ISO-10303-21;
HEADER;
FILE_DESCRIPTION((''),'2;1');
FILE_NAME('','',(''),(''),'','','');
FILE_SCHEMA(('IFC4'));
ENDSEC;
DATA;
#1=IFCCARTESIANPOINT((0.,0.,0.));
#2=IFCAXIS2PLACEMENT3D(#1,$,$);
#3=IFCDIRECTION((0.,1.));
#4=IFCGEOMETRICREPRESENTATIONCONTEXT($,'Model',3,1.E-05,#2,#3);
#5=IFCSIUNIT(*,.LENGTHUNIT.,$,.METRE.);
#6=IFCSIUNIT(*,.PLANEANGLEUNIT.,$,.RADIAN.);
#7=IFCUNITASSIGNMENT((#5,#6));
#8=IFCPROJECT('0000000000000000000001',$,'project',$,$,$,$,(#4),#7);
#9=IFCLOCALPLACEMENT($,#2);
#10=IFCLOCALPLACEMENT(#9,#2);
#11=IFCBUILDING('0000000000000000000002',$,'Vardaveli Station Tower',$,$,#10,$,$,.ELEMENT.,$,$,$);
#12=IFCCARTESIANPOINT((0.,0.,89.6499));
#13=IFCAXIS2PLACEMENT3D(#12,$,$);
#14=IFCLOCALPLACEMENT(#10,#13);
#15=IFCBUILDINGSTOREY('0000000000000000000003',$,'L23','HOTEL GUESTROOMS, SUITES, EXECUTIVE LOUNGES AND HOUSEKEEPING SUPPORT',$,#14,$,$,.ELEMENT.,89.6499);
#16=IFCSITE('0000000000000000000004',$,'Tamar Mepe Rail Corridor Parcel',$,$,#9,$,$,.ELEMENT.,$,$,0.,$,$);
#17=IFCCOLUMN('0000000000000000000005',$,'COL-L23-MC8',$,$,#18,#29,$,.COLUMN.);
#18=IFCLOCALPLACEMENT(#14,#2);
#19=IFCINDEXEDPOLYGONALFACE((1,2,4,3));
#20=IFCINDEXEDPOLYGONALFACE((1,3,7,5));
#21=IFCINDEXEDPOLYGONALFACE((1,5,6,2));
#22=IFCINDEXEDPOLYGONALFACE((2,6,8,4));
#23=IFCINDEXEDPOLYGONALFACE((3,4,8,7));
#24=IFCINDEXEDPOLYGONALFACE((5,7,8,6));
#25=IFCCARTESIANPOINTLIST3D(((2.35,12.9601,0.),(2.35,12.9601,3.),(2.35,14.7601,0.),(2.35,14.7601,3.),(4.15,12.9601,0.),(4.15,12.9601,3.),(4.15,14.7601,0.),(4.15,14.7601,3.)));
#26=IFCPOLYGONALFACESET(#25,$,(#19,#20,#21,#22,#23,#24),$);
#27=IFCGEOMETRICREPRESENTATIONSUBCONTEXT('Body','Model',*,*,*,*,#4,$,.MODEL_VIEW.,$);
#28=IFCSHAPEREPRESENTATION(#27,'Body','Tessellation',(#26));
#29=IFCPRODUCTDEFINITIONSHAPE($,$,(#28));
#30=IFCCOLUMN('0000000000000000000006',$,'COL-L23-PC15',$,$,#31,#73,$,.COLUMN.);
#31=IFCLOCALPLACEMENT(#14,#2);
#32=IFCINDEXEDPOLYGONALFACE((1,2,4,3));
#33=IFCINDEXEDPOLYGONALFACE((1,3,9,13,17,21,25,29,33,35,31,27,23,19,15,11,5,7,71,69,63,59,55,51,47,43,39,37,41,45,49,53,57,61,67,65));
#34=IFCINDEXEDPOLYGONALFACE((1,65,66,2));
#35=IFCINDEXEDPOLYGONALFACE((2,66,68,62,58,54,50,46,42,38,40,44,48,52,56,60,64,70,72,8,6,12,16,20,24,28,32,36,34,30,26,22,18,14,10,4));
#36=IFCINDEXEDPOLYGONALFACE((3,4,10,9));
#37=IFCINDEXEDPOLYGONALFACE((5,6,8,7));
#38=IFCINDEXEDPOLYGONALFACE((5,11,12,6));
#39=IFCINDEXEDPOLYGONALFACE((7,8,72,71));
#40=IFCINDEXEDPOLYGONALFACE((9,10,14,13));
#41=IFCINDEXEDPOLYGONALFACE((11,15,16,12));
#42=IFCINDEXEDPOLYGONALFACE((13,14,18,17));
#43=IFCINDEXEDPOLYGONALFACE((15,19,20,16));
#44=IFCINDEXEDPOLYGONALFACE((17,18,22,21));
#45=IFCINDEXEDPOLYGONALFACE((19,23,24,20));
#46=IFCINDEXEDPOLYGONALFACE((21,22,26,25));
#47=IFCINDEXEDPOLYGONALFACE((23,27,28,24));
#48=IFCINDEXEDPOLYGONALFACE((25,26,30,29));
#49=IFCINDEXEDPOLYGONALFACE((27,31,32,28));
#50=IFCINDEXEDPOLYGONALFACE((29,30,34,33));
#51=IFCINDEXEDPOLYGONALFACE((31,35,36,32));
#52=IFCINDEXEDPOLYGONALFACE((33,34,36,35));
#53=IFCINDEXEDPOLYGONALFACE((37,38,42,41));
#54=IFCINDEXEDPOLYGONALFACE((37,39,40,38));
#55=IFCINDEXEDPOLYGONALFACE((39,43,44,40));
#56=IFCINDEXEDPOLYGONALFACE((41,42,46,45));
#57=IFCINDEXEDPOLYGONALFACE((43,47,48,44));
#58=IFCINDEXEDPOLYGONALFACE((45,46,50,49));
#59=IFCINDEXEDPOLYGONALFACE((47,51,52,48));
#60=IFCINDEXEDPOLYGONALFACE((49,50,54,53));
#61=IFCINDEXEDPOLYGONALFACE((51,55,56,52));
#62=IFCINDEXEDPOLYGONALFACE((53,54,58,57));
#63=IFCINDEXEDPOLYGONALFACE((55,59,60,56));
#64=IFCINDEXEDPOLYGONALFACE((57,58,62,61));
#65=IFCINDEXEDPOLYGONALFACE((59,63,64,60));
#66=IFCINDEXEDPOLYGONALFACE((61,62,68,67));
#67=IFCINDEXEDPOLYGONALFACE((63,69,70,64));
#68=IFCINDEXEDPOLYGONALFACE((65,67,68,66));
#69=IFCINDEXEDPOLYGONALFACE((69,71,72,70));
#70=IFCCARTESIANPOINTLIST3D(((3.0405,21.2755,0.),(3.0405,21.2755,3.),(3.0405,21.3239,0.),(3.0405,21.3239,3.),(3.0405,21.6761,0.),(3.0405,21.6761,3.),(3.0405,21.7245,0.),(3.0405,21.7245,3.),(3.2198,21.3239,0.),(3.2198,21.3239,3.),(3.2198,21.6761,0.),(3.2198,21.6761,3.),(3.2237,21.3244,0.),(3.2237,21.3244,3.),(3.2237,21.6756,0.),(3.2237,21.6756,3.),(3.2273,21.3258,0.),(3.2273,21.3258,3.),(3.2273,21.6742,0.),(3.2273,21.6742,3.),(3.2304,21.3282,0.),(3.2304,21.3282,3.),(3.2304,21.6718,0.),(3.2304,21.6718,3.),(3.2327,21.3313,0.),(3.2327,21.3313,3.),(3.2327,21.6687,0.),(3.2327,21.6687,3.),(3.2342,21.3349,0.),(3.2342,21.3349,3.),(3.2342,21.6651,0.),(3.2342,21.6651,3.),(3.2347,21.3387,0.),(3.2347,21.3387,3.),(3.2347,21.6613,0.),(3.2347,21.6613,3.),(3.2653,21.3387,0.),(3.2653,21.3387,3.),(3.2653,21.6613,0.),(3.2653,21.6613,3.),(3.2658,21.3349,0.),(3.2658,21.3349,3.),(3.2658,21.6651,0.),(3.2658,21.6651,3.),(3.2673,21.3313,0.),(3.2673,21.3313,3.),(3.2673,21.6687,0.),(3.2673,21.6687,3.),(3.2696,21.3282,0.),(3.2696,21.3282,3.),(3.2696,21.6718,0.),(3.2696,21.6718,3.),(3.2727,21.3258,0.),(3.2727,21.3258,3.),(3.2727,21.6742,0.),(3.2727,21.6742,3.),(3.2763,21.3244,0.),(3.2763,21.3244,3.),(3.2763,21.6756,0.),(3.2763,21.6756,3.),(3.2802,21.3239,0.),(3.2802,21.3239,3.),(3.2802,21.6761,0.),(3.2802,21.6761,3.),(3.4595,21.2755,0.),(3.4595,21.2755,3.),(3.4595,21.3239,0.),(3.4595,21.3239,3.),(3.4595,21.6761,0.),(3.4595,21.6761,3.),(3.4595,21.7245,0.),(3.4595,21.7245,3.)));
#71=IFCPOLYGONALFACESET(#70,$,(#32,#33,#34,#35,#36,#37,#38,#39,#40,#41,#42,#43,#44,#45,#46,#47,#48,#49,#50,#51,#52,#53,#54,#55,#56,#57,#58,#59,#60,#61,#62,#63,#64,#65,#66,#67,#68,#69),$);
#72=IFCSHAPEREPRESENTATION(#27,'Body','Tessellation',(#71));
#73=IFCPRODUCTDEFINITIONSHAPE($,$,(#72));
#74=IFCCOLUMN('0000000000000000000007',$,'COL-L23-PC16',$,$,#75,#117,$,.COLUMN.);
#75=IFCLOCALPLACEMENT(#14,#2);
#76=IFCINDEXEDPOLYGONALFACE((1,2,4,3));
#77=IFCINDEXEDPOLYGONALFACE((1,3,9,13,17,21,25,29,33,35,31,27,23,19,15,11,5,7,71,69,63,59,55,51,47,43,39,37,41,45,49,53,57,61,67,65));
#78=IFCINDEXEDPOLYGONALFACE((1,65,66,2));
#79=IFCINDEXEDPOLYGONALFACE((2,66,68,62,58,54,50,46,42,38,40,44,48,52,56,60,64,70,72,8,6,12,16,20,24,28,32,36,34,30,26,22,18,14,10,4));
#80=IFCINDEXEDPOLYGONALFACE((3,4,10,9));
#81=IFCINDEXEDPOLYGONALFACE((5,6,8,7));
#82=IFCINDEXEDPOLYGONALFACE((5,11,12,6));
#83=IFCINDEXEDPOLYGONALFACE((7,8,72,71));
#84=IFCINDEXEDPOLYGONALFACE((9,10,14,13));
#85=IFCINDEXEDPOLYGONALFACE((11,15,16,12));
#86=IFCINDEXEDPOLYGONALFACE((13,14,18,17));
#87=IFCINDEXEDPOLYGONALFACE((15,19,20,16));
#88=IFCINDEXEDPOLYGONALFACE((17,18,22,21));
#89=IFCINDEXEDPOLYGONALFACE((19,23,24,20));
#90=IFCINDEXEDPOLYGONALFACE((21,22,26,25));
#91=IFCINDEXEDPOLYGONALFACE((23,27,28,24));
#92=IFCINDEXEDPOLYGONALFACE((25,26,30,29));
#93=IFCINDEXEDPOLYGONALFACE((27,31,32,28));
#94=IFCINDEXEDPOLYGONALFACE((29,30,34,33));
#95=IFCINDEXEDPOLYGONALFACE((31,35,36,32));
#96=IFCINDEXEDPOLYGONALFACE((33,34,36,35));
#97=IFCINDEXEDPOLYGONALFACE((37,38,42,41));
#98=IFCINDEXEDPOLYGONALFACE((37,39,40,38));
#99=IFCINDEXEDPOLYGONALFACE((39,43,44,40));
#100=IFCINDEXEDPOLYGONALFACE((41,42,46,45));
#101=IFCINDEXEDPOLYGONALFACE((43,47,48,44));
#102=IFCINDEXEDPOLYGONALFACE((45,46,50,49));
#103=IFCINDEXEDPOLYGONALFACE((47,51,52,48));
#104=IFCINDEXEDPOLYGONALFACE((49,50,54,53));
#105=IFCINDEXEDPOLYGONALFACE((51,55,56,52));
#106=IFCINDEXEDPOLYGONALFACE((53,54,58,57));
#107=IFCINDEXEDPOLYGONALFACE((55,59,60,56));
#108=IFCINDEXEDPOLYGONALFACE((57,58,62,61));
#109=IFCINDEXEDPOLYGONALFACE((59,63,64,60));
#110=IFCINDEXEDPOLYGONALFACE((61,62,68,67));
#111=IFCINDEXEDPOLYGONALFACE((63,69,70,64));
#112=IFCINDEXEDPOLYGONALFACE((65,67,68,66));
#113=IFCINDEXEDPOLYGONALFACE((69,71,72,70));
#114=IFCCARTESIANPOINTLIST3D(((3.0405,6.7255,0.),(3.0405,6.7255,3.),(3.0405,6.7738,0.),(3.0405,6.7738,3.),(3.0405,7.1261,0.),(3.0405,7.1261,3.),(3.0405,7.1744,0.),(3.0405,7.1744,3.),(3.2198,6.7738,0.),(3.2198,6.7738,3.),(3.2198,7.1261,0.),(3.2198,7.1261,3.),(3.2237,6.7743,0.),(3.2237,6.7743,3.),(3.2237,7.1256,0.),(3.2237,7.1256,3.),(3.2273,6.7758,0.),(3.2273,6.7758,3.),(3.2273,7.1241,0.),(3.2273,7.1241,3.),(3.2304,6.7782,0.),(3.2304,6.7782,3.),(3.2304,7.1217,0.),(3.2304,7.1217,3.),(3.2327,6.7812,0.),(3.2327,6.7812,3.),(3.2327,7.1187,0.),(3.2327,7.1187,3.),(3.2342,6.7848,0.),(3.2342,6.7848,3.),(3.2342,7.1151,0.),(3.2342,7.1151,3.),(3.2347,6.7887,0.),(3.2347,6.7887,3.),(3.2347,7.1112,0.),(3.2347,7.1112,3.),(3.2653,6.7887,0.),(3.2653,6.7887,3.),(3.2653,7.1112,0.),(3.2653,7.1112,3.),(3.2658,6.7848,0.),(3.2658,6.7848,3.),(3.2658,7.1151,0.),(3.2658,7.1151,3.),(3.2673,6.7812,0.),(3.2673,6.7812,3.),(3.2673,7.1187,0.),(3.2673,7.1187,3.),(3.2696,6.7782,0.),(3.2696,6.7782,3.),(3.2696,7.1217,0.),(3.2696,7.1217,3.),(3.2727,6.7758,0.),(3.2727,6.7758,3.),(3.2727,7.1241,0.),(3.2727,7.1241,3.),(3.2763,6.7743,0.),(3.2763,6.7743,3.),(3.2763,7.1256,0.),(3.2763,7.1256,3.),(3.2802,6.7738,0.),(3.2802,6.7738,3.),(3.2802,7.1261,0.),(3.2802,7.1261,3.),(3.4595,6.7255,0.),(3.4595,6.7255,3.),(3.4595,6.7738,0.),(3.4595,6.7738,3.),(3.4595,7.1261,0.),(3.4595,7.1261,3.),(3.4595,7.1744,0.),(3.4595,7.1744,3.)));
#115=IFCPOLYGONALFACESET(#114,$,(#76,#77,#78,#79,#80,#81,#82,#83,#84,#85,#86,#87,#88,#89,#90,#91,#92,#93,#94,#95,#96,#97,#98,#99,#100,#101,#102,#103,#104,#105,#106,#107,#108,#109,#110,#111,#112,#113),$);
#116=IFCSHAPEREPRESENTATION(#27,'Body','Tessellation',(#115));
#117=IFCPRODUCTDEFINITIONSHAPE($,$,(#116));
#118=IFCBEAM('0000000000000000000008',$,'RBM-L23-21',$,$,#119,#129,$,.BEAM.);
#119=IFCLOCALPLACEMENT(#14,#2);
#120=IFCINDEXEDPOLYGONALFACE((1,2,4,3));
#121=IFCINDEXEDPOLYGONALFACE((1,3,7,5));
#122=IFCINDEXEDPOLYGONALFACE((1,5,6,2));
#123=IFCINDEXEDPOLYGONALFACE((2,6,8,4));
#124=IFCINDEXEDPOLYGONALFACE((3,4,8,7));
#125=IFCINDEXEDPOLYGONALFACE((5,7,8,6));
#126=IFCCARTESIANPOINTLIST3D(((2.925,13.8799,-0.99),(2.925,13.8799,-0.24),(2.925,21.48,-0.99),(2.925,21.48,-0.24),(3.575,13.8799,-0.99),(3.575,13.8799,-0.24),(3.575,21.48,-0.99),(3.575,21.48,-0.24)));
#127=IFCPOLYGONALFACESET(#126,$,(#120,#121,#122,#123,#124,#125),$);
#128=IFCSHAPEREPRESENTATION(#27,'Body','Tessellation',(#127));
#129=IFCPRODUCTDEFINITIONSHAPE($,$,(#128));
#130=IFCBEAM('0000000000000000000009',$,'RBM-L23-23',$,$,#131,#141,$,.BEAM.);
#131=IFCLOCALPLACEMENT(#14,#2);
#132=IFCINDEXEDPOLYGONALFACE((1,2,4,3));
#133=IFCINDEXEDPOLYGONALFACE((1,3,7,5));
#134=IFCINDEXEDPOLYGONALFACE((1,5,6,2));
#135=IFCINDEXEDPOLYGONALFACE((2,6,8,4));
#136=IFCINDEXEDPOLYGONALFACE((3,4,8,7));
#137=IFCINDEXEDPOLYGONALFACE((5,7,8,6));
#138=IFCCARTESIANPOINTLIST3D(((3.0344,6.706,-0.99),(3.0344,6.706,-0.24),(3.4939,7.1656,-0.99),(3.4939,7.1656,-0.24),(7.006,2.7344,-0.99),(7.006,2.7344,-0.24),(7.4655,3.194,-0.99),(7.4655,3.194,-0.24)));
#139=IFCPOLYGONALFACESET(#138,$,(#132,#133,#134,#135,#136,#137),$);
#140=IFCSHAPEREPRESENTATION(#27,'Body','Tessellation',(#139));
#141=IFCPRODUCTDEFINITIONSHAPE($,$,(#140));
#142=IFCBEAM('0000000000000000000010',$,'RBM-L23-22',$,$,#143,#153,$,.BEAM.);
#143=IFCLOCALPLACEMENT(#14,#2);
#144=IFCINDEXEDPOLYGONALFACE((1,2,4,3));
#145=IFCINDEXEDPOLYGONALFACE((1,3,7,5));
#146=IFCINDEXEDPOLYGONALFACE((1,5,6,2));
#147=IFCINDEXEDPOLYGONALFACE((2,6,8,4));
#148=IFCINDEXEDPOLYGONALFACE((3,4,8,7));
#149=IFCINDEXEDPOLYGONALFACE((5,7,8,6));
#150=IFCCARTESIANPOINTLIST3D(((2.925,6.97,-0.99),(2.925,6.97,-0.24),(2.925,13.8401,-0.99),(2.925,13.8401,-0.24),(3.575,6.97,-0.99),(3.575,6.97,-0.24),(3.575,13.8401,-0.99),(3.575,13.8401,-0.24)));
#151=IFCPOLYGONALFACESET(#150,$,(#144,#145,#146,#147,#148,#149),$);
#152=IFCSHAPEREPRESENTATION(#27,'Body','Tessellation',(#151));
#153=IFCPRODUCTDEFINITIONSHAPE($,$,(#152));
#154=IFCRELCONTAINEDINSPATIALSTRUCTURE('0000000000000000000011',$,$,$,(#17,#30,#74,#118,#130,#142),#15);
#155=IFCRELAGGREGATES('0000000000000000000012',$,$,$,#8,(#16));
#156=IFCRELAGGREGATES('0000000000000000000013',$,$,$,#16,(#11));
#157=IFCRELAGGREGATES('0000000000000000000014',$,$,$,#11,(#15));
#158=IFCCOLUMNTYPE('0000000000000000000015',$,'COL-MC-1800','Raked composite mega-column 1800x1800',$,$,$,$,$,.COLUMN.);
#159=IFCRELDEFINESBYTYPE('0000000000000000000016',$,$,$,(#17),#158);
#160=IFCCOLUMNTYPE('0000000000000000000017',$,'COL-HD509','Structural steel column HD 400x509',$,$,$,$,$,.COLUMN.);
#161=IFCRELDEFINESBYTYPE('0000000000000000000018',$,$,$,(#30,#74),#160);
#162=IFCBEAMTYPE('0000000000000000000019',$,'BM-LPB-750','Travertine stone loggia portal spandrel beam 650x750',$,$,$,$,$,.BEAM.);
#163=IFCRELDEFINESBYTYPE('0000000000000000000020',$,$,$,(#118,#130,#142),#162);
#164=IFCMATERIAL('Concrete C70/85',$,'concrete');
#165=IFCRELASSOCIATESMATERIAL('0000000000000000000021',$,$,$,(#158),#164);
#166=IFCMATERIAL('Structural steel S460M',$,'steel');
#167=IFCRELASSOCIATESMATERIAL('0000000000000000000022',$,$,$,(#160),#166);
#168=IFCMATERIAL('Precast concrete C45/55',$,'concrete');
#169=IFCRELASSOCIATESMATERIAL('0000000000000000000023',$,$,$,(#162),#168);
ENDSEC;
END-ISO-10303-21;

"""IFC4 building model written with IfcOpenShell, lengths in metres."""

from ifc_helpers import new_model, si_unit, direction, frame, origin, origin_2d, place, context, subcontext, project, spatial, rectangle, i_section, extrude, source, transform, mapped, material, material_profile, profile_set, type_object, element, save


model = new_model("IFC4")

# Units and contexts
model_context = context("Model", 3, precision=1e-05, world=origin(), true_north=direction((0.0, 1.0)))
body_context = subcontext(model_context, "Body", "Model", "MODEL_VIEW")
ifc_project = project(units=[si_unit("LENGTHUNIT", "METRE"), si_unit("PLANEANGLEUNIT", "RADIAN")], contexts=[model_context])

# Site, building, storey
site_placement = place(None, origin())
site = spatial("IfcSite", under=ifc_project, at=site_placement, Name="Tamar Mepe Rail Corridor Parcel", CompositionType="ELEMENT", RefElevation=0.0)
building_placement = place(site_placement, origin())
building = spatial("IfcBuilding", under=site, at=building_placement, Name="Vardaveli Station Tower", CompositionType="ELEMENT")
storey_placement = place(building_placement, frame((0.0, 0.0, 89.6499)))
storey = spatial("IfcBuildingStorey", under=building, at=storey_placement, Name="L23", Description="HOTEL GUESTROOMS, SUITES, EXECUTIVE LOUNGES AND HOUSEKEEPING SUPPORT", CompositionType="ELEMENT", Elevation=89.6499)

# Columns
ifc_material_1 = material(Name="Concrete C70/85", Category="concrete")
ifc_material_profile_1 = material_profile(ifc_material_1, rectangle(XDim=1.8, YDim=1.8, at=origin_2d()), Name="MC 1800x1800")
ifc_profile_set_1 = profile_set([ifc_material_profile_1], Name="Concrete C70/85")
column_type_1 = type_object("IfcColumnType", Name="COL-MC-1800", Description="Raked composite mega-column 1800x1800", PredefinedType="COLUMN", material=ifc_profile_set_1)
shared_shape_1 = source(origin(), body_context, "Body", "SweptSolid", [
    extrude(rectangle(XDim=1.8, YDim=1.8, at=origin_2d()), origin(), (0.0, 0.0, 1.0), 3.0),
])
column_placement = place(storey_placement, frame((3.25, 13.8601, 0.0), z_axis=(0.0, 0.0, 1.0), x_axis=(1.0, 0.0, 0.0)))
element("IfcColumn", 1, at=column_placement, inside=storey, type_object=column_type_1, Name="COL-L23-MC8", PredefinedType="COLUMN", context=body_context, shape_type="MappedRepresentation", body=[
    mapped(shared_shape_1, transform((0.0, 0.0, 0.0), scale=1.0)),
])
ifc_material_2 = material(Name="Structural steel S460M", Category="steel")
ifc_material_profile_2 = material_profile(ifc_material_2, i_section(OverallWidth=0.4189, OverallDepth=0.449, WebThickness=0.0305, FlangeThickness=0.0483, FilletRadius=0.0149, at=origin_2d()), Name="HD 400x509")
ifc_profile_set_2 = profile_set([ifc_material_profile_2], Name="Structural steel S460M")
column_type_2 = type_object("IfcColumnType", Name="COL-HD509", Description="Structural steel column HD 400x509", PredefinedType="COLUMN", material=ifc_profile_set_2)
shared_shape_2 = source(origin(), body_context, "Body", "SweptSolid", [
    extrude(i_section(OverallWidth=0.4189, OverallDepth=0.449, WebThickness=0.0305, FlangeThickness=0.0483, FilletRadius=0.0149, at=origin_2d()), origin(), (0.0, 0.0, 1.0), 3.0),
])
for number, where, z_axis, x_axis, name in (
    (2, (3.25, 21.5, 0.0), (0.0, 0.0, 1.0), (1.0, 0.0, 0.0), "COL-L23-PC15"),
    (3, (3.25, 6.95, 0.0), (0.0, 0.0, 1.0), (1.0, 0.0, 0.0), "COL-L23-PC16"),
):
    element("IfcColumn", number, at=place(storey_placement, frame(where, z_axis=z_axis, x_axis=x_axis)), inside=storey, type_object=column_type_2, Name=name, PredefinedType="COLUMN", context=body_context, shape_type="MappedRepresentation", body=[
        mapped(shared_shape_2, transform((0.0, 0.0, 0.0), scale=1.0)),
    ])

# Beams
ifc_material_3 = material(Name="Precast concrete C45/55", Category="concrete")
ifc_material_profile_3 = material_profile(ifc_material_3, rectangle(XDim=0.6499, YDim=0.75, at=origin_2d()), Name="LPB 650x750")
ifc_profile_set_3 = profile_set([ifc_material_profile_3], Name="Precast concrete C45/55")
beam_type_1 = type_object("IfcBeamType", Name="BM-LPB-750", Description="Travertine stone loggia portal spandrel beam 650x750", PredefinedType="BEAM", material=ifc_profile_set_3)
shared_shape_3 = source(origin(), body_context, "Body", "SweptSolid", [
    extrude(rectangle(XDim=0.6499, YDim=0.75, at=origin_2d()), origin(), (0.0, 0.0, 1.0), 7.6001),
])
beam_1_placement = place(storey_placement, frame((3.25, 21.48, -0.615), z_axis=(0.0, -1.0, 0.0), x_axis=(1.0, 0.0, 0.0)))
element("IfcBeam", 4, at=beam_1_placement, inside=storey, type_object=beam_type_1, Name="RBM-L23-21", PredefinedType="BEAM", context=body_context, shape_type="MappedRepresentation", body=[
    mapped(shared_shape_3, transform((0.0, 0.0, 0.0), scale=1.0)),
])
shared_shape_4 = source(origin(), body_context, "Body", "SweptSolid", [
    extrude(rectangle(XDim=0.6499, YDim=0.75, at=origin_2d()), origin(), (0.0, 0.0, 1.0), 5.6167),
])
beam_2_placement = place(storey_placement, frame((3.2642, 6.9358, -0.615), z_axis=(0.707107, -0.707107, 0.0), x_axis=(0.707107, 0.707107, 0.0)))
element("IfcBeam", 5, at=beam_2_placement, inside=storey, type_object=beam_type_1, Name="RBM-L23-23", PredefinedType="BEAM", context=body_context, shape_type="MappedRepresentation", body=[
    mapped(shared_shape_4, transform((0.0, 0.0, 0.0), scale=1.0)),
])
shared_shape_5 = source(origin(), body_context, "Body", "SweptSolid", [
    extrude(rectangle(XDim=0.6499, YDim=0.75, at=origin_2d()), origin(), (0.0, 0.0, 1.0), 6.8701),
])
beam_3_placement = place(storey_placement, frame((3.25, 13.8401, -0.615), z_axis=(0.0, -1.0, 0.0), x_axis=(1.0, 0.0, 0.0)))
element("IfcBeam", 6, at=beam_3_placement, inside=storey, type_object=beam_type_1, Name="RBM-L23-22", PredefinedType="BEAM", context=body_context, shape_type="MappedRepresentation", body=[
    mapped(shared_shape_5, transform((0.0, 0.0, 0.0), scale=1.0)),
])

save(model, "model.ifc")
